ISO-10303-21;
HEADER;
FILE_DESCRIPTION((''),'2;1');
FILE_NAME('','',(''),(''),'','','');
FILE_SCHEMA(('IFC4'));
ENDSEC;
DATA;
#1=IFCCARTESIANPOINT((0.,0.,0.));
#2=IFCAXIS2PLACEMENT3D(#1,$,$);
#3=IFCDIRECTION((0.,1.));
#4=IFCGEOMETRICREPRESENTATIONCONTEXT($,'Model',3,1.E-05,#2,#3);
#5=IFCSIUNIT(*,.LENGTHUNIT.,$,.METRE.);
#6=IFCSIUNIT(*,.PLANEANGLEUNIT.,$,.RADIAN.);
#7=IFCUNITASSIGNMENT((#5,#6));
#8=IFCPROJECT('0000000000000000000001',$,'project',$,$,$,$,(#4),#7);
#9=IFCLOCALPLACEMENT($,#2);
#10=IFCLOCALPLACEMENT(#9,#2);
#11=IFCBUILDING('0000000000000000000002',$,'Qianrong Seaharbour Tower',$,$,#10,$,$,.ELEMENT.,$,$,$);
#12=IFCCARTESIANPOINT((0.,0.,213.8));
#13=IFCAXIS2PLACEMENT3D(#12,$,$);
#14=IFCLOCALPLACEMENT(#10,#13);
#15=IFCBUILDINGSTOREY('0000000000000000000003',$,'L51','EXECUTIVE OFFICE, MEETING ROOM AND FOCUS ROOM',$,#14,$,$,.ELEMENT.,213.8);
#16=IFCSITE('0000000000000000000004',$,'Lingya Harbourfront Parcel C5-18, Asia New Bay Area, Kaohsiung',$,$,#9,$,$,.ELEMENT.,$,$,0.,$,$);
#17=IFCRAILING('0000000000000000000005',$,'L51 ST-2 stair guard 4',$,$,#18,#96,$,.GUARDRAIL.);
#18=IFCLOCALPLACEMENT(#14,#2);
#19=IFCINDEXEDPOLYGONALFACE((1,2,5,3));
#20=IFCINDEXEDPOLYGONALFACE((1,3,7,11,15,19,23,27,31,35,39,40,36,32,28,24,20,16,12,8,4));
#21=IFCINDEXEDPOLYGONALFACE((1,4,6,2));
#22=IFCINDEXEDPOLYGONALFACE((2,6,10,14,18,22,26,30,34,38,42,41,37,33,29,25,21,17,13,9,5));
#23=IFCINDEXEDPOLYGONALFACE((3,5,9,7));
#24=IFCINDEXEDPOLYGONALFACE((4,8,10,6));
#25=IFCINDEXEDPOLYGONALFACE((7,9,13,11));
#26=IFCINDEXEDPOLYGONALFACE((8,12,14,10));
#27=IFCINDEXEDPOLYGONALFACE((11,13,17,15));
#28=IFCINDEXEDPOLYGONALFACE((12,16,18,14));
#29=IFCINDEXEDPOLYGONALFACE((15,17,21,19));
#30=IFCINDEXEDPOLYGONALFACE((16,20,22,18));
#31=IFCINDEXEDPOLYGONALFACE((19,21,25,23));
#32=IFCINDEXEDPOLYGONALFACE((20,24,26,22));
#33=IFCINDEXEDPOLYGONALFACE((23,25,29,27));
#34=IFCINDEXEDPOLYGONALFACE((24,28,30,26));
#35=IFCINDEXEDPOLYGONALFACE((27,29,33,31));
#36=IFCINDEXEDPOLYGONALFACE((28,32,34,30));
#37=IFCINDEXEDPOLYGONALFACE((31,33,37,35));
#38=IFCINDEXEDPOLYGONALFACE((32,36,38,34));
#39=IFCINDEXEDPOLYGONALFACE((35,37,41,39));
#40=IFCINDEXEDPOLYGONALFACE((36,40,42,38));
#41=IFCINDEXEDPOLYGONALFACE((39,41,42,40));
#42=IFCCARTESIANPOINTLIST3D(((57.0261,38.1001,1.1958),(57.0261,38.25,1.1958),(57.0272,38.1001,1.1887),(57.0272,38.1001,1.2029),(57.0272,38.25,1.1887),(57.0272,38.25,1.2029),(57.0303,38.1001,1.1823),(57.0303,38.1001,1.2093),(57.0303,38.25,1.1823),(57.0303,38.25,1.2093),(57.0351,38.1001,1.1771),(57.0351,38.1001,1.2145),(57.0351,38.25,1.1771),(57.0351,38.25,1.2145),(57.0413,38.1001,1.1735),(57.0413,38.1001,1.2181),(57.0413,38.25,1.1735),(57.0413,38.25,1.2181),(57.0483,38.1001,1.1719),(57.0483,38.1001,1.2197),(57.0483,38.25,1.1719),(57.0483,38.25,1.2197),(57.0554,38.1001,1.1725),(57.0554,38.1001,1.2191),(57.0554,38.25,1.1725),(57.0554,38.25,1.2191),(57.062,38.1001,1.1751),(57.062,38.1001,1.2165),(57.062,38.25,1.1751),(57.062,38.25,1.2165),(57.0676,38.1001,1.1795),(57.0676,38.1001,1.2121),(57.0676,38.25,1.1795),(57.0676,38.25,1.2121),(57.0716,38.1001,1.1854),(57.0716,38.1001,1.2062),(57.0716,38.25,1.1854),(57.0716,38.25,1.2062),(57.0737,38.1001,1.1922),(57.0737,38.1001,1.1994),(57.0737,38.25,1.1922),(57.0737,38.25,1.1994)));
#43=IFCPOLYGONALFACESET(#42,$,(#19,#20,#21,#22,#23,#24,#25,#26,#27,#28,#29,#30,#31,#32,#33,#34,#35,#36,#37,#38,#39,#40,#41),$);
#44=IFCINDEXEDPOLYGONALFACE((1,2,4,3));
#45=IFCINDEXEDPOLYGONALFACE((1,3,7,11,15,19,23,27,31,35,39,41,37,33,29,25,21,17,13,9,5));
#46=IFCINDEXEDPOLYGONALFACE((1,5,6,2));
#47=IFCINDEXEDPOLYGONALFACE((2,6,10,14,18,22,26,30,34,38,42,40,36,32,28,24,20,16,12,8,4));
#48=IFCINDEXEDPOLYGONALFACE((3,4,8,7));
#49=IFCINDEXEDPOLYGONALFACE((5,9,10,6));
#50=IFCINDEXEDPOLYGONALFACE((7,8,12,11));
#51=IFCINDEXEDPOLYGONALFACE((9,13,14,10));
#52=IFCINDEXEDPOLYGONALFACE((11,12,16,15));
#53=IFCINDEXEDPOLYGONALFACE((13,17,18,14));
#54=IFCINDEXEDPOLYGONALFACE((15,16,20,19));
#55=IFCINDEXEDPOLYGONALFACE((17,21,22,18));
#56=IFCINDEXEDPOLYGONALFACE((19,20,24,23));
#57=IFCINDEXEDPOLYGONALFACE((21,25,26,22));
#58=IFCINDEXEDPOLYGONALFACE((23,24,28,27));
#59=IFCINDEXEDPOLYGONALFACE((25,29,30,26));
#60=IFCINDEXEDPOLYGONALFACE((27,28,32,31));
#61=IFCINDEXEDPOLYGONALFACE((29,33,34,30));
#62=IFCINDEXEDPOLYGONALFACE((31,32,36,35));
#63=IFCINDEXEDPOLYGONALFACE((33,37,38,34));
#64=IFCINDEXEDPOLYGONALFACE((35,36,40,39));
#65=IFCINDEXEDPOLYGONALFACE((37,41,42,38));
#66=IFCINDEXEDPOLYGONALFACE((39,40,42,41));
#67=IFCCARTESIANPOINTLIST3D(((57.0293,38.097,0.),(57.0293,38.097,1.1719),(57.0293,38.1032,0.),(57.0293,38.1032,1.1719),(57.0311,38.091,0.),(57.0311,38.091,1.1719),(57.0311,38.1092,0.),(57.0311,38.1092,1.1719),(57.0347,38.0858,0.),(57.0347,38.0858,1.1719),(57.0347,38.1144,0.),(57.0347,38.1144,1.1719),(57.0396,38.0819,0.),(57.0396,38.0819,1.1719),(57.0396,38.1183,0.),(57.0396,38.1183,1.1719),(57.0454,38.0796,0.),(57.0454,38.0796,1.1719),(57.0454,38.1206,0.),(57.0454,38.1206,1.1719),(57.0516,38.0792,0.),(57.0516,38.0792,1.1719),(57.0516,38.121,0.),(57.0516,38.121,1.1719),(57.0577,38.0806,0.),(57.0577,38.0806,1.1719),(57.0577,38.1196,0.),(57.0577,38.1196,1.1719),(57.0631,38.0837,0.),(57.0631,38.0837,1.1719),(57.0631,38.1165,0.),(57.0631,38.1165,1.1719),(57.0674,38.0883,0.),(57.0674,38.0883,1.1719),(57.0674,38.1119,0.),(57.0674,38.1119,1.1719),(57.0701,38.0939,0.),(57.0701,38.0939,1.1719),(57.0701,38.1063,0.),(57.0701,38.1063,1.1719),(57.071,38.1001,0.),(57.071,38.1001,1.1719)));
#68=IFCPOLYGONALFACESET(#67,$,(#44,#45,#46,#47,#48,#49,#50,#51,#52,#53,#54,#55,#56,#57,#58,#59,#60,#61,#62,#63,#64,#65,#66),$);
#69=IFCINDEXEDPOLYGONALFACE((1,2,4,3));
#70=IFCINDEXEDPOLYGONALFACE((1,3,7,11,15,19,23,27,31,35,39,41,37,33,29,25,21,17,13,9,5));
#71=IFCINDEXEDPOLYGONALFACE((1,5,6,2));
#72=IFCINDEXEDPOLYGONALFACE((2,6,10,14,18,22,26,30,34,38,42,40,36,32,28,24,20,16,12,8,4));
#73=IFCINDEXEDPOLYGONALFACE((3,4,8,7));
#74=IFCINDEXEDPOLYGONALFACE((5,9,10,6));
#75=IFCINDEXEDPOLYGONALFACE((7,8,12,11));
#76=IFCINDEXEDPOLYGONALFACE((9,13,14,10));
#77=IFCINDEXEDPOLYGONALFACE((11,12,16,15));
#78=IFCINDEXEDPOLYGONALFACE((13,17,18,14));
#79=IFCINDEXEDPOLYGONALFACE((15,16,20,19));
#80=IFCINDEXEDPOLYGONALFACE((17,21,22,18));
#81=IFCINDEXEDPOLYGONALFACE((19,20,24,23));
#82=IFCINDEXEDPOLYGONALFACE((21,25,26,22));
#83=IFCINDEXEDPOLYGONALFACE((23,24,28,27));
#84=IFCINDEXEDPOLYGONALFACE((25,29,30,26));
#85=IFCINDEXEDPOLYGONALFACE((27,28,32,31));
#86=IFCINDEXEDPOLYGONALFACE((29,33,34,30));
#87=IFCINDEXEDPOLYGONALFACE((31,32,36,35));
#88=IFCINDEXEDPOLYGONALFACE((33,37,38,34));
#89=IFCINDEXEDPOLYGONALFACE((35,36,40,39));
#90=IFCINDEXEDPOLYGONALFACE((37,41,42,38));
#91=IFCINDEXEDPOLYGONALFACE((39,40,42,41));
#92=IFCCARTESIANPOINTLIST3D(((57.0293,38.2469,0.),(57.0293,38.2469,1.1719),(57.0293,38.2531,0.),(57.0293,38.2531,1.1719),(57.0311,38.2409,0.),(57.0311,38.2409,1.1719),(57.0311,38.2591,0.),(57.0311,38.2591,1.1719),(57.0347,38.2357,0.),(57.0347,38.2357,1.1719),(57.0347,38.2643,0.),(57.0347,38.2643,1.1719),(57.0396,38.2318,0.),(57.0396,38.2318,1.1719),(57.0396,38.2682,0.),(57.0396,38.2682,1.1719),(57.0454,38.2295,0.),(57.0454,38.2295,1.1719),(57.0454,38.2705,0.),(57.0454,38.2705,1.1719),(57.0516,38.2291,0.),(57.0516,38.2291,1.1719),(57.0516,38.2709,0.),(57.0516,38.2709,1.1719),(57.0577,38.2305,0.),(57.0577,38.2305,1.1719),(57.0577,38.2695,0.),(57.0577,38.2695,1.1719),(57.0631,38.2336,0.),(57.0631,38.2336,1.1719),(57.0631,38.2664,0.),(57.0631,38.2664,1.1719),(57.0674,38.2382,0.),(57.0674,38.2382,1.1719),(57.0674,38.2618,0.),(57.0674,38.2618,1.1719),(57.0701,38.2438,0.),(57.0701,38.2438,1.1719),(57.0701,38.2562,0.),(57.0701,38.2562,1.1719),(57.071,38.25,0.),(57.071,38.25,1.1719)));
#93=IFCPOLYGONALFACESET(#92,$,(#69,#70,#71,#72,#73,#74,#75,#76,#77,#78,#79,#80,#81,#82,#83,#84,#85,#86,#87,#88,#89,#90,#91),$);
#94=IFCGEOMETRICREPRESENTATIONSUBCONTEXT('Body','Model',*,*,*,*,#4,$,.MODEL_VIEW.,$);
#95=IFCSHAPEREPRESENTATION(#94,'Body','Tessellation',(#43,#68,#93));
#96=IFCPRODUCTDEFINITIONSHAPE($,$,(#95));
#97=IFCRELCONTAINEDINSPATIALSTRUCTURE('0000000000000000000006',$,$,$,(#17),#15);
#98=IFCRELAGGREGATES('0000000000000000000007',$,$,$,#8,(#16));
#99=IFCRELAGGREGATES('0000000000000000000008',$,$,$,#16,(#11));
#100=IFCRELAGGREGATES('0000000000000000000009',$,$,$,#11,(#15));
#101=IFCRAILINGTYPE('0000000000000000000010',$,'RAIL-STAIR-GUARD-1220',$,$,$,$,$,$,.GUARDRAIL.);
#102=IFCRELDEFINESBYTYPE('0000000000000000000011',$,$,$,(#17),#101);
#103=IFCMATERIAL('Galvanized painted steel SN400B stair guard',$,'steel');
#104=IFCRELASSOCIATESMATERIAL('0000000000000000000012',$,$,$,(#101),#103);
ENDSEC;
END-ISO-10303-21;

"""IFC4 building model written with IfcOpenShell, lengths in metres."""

from ifc_helpers import new_model, si_unit, direction, frame, origin, origin_2d, place, context, subcontext, project, spatial, circle, extrude, material, type_object, element, save


model = new_model("IFC4")

# Units and contexts
model_context = context("Model", 3, precision=1e-05, world=origin(), true_north=direction((0.0, 1.0)))
body_context = subcontext(model_context, "Body", "Model", "MODEL_VIEW")
ifc_project = project(units=[si_unit("LENGTHUNIT", "METRE"), si_unit("PLANEANGLEUNIT", "RADIAN")], contexts=[model_context])

# Site, building, storey
site_placement = place(None, origin())
site = spatial("IfcSite", under=ifc_project, at=site_placement, Name="Lingya Harbourfront Parcel C5-18, Asia New Bay Area, Kaohsiung", CompositionType="ELEMENT", RefElevation=0.0)
building_placement = place(site_placement, origin())
building = spatial("IfcBuilding", under=site, at=building_placement, Name="Qianrong Seaharbour Tower", CompositionType="ELEMENT")
storey_placement = place(building_placement, frame((0.0, 0.0, 213.8)))
storey = spatial("IfcBuildingStorey", under=building, at=storey_placement, Name="L51", Description="EXECUTIVE OFFICE, MEETING ROOM AND FOCUS ROOM", CompositionType="ELEMENT", Elevation=213.8)

# Railing
ifc_material_1 = material(Name="Galvanized painted steel SN400B stair guard", Category="steel")
railing_type = type_object("IfcRailingType", Name="RAIL-STAIR-GUARD-1220", PredefinedType="GUARDRAIL", material=ifc_material_1)
railing_placement = place(storey_placement, frame((57.05, 38.1001, 0.0)))
element("IfcRailing", 1, at=railing_placement, inside=storey, type_object=railing_type, Name="L51 ST-2 stair guard 4", PredefinedType="GUARDRAIL", context=body_context, shape_type="SweptSolid", body=[
    extrude(circle(Radius=0.0239, at=origin_2d()), frame((0.0, 0.0, 1.1958), z_axis=(0.0, 1.0, 0.0), x_axis=(-1.0, 0.0, 0.0)), (0.0, 0.0, 1.0), 0.1499),
    extrude(circle(Radius=0.021, at=origin_2d()), origin(), (0.0, 0.0, 1.0), 1.1719),
    extrude(circle(Radius=0.021, at=origin_2d()), frame((0.0, 0.1499, 0.0)), (0.0, 0.0, 1.0), 1.1719),
])

save(model, "model.ifc")
